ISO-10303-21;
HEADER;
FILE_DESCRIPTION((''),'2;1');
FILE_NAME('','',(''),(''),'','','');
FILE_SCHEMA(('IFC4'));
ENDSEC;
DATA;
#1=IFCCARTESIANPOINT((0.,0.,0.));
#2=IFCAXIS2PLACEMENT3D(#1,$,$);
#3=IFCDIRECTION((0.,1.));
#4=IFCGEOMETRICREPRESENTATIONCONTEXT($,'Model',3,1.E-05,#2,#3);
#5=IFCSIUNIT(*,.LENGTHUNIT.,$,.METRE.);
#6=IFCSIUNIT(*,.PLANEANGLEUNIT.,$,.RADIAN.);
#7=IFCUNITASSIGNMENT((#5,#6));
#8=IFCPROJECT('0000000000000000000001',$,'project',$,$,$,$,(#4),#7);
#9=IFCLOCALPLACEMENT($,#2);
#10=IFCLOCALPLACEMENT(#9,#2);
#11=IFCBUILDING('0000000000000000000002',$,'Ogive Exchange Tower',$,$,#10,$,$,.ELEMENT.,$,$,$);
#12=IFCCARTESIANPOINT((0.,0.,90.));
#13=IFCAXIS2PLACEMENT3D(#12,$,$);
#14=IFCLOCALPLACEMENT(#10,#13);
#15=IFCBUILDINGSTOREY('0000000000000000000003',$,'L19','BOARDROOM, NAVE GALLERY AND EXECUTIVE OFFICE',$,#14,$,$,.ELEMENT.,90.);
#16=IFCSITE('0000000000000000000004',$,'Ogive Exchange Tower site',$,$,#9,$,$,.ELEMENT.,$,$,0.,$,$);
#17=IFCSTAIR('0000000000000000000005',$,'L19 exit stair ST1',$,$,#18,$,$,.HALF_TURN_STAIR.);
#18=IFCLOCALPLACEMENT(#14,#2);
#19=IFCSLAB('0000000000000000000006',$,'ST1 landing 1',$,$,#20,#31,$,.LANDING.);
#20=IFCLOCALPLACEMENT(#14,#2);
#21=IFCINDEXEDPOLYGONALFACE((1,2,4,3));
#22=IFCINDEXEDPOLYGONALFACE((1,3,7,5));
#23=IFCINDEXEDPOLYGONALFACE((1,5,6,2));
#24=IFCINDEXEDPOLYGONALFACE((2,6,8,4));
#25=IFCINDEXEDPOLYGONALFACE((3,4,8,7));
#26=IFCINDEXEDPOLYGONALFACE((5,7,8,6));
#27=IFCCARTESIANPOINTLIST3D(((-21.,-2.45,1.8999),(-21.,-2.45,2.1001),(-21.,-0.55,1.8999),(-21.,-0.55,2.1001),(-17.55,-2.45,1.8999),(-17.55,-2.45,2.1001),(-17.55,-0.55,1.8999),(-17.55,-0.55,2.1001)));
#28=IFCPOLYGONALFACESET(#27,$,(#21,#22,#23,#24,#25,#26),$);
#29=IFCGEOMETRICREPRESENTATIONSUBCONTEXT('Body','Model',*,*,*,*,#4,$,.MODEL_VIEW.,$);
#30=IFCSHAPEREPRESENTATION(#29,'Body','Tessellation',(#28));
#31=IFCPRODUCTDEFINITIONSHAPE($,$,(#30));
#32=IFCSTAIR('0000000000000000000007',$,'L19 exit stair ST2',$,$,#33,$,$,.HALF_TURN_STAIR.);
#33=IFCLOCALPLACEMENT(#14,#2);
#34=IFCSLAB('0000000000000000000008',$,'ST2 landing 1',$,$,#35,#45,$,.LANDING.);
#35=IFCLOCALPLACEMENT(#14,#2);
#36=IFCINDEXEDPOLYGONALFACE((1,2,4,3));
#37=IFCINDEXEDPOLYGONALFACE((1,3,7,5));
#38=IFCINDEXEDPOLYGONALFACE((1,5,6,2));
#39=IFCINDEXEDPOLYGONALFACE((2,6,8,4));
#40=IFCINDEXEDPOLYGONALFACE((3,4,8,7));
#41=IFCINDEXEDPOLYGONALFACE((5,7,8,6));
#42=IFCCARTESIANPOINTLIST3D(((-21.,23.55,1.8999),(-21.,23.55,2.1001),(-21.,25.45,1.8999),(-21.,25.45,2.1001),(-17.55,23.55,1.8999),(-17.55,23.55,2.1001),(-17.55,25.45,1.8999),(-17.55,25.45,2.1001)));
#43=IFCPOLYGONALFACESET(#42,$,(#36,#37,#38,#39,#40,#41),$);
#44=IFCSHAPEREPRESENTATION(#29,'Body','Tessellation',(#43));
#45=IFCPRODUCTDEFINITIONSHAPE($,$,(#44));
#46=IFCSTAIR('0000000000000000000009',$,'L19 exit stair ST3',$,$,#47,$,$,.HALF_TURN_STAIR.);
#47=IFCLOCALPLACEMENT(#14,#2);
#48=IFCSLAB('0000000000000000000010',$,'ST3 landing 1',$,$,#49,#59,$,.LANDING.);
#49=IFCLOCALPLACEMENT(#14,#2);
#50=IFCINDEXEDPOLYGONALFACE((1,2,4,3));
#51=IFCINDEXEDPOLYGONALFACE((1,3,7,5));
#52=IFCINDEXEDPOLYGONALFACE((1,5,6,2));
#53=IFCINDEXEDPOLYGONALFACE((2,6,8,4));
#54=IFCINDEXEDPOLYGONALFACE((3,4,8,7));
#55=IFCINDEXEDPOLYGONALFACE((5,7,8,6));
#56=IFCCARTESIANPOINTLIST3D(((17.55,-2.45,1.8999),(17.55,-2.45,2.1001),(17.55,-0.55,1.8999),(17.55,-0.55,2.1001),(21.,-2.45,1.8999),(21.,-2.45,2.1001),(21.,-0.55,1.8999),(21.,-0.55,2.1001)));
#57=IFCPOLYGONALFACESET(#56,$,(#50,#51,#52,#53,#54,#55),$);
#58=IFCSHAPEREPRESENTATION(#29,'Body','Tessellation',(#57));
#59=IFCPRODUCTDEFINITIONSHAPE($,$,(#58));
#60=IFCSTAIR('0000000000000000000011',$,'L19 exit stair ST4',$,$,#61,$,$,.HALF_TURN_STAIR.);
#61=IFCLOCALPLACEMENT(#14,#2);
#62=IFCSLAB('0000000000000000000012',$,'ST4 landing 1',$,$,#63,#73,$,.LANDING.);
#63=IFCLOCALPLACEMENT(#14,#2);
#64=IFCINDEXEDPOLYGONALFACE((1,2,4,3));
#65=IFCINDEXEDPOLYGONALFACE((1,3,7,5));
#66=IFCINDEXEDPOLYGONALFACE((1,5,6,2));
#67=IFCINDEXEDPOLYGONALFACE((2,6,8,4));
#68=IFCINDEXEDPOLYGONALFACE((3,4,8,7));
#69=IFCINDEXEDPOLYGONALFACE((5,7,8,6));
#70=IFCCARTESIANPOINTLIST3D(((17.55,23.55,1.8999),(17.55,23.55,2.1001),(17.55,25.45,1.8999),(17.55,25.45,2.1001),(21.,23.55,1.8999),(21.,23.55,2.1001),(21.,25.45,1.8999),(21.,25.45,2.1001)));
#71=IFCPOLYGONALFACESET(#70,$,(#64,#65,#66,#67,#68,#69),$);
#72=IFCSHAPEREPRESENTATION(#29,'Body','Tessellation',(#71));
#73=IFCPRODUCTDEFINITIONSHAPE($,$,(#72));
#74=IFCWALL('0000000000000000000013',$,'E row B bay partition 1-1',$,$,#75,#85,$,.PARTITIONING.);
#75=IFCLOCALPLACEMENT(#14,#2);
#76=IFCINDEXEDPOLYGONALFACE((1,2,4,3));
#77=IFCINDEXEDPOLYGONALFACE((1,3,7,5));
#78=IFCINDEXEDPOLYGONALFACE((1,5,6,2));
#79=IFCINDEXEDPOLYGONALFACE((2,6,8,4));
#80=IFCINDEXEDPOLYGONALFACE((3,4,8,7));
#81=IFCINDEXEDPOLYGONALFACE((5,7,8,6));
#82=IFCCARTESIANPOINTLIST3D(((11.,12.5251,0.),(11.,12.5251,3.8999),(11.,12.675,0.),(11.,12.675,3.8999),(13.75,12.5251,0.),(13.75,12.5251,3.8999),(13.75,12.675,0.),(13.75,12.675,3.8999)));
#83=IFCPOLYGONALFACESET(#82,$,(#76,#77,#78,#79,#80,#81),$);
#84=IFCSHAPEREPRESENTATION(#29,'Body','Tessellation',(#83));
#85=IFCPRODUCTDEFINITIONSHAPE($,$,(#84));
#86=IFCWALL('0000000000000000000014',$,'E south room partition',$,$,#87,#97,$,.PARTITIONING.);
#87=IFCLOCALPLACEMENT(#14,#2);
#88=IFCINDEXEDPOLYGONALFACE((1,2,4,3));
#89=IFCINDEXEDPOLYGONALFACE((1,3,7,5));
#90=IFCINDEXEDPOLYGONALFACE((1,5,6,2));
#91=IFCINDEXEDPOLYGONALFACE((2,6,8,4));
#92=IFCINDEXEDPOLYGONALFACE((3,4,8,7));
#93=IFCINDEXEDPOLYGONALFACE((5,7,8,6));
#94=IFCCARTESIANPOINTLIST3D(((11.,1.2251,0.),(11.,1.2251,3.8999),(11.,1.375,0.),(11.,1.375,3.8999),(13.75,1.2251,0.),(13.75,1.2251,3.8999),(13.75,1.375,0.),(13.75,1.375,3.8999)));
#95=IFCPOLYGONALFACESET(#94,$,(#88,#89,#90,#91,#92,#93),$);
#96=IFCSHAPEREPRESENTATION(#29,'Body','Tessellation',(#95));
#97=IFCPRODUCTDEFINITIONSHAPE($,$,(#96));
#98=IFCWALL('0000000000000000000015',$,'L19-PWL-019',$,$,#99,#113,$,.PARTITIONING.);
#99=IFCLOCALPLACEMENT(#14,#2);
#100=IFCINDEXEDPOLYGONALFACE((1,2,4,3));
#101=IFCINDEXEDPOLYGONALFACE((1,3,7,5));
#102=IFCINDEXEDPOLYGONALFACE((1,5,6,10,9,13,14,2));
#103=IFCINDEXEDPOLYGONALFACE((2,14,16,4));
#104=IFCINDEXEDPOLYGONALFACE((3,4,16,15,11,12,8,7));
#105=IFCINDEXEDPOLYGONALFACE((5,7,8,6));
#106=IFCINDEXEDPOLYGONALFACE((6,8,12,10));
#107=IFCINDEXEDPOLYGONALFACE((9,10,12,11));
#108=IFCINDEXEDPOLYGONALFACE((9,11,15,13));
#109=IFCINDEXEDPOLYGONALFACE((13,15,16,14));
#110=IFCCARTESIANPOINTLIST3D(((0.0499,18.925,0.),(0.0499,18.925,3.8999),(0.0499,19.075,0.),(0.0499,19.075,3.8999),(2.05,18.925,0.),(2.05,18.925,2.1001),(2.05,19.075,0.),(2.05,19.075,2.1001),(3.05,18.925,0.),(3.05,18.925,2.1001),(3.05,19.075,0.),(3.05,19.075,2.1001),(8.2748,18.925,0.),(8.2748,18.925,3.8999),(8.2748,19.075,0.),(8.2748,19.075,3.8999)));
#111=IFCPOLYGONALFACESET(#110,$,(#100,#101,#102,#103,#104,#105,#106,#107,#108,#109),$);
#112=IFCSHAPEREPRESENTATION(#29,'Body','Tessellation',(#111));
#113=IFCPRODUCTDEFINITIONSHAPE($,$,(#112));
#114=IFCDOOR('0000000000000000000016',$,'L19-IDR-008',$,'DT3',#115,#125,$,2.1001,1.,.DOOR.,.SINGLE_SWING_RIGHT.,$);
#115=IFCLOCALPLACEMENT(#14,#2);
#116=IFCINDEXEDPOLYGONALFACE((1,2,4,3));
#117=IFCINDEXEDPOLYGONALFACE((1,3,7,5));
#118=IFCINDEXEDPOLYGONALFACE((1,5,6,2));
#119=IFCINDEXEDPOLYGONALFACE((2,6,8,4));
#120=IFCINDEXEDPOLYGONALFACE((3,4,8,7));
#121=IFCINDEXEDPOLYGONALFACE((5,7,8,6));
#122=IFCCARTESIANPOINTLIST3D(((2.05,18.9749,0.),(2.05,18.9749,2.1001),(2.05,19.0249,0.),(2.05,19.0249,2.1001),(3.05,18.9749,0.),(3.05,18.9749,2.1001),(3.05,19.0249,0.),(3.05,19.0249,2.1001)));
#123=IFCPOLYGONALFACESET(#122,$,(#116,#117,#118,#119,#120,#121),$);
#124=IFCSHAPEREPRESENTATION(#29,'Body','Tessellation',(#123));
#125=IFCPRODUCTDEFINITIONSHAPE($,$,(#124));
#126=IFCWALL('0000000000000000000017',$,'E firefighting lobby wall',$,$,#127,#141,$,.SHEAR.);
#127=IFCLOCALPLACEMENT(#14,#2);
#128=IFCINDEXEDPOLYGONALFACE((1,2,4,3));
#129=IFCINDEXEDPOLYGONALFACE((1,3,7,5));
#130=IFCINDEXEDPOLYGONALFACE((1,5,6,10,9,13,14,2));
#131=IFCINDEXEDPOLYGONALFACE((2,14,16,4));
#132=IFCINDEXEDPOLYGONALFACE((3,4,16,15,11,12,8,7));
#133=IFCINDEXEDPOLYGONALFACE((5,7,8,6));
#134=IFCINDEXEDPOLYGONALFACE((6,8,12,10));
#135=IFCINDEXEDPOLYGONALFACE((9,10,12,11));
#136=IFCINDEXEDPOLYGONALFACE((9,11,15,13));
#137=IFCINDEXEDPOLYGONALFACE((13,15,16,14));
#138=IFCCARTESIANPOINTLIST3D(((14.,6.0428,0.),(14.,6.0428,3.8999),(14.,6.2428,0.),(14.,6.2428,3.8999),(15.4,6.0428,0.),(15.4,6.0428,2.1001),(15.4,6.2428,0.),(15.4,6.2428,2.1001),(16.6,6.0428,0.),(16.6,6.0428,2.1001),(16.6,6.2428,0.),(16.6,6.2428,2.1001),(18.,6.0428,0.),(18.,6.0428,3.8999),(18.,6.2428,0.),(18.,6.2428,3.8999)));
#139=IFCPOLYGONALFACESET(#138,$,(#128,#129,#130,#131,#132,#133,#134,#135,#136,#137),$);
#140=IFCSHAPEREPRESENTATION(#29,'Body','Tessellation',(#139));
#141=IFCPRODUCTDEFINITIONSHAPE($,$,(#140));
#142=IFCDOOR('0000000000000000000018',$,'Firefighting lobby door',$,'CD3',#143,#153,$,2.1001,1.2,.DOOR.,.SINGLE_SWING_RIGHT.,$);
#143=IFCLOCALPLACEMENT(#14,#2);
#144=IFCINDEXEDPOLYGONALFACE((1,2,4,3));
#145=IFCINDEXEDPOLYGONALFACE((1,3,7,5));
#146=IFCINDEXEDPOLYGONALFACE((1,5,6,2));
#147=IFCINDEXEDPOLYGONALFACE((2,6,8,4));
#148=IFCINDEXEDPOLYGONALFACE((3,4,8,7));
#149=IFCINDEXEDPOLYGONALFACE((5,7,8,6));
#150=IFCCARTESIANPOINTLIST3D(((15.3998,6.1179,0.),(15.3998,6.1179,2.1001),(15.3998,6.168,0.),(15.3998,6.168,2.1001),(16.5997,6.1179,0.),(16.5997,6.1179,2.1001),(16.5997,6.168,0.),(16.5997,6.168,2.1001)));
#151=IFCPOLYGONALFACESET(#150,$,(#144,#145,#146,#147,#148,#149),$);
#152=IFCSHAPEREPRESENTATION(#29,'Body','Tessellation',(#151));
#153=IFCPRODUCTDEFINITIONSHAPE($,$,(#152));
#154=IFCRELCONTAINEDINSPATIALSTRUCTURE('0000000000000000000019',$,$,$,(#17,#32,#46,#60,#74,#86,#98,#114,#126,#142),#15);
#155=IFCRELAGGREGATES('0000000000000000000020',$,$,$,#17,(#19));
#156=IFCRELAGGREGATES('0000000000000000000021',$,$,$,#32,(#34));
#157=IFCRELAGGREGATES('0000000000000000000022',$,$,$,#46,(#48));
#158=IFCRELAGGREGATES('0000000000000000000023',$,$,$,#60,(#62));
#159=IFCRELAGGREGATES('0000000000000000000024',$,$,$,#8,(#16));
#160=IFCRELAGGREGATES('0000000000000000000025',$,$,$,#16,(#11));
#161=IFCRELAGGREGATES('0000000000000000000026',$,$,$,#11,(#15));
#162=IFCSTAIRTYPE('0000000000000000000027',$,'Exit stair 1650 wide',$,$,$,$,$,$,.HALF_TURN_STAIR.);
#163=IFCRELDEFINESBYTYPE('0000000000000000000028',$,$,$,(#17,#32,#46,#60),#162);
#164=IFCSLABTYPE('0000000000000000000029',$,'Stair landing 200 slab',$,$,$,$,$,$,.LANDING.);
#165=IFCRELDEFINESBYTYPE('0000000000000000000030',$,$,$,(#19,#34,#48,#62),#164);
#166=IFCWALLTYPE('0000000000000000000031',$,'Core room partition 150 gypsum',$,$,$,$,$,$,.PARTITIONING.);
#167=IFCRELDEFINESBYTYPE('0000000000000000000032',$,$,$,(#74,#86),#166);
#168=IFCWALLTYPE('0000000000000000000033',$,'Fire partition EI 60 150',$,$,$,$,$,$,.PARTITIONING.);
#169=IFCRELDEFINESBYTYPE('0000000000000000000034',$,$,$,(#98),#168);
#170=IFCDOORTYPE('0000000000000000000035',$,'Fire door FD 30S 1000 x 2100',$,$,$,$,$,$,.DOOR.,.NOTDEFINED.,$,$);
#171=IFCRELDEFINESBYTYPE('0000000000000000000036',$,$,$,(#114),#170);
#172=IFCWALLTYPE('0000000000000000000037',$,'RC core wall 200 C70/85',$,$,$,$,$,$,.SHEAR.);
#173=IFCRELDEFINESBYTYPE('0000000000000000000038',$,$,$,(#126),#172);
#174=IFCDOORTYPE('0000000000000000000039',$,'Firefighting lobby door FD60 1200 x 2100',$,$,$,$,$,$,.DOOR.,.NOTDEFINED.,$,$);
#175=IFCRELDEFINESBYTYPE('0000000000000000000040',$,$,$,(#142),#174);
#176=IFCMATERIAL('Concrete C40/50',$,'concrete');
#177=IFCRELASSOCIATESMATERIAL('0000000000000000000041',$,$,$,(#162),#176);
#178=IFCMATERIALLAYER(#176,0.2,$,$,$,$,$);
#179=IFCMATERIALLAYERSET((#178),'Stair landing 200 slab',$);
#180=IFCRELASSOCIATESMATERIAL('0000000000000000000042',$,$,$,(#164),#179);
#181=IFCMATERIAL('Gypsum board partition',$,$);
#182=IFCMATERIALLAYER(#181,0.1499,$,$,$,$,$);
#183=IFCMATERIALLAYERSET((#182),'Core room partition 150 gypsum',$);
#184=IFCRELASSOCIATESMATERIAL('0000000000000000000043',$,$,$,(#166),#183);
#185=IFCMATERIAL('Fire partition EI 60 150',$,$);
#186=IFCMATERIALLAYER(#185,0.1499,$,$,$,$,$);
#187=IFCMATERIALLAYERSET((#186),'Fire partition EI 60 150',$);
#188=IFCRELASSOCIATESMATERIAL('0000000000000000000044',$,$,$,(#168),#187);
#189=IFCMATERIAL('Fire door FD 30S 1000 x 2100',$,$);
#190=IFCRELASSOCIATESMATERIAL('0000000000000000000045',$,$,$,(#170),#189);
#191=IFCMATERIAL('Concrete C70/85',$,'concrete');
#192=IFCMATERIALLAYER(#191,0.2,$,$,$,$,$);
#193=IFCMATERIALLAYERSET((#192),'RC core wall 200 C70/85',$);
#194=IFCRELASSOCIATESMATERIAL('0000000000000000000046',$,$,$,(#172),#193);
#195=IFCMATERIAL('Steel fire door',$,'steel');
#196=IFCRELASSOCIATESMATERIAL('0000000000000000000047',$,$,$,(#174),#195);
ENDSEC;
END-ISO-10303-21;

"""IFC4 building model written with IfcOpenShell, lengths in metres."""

from ifc_helpers import new_model, si_unit, direction, frame, frame_2d, origin, place, context, subcontext, project, spatial, polyline, rectangle, outline, extrude, material, layer, layer_set, type_object, element, fill, aggregate, save


model = new_model("IFC4")

# Units and contexts
model_context = context("Model", 3, precision=1e-05, world=origin(), true_north=direction((0.0, 1.0)))
body_context = subcontext(model_context, "Body", "Model", "MODEL_VIEW")
ifc_project = project(units=[si_unit("LENGTHUNIT", "METRE"), si_unit("PLANEANGLEUNIT", "RADIAN")], contexts=[model_context])

# Site, building, storey
site_placement = place(None, origin())
site = spatial("IfcSite", under=ifc_project, at=site_placement, Name="Ogive Exchange Tower site", CompositionType="ELEMENT", RefElevation=0.0)
building_placement = place(site_placement, origin())
building = spatial("IfcBuilding", under=site, at=building_placement, Name="Ogive Exchange Tower", CompositionType="ELEMENT")
storey_placement = place(building_placement, frame((0.0, 0.0, 90.0)))
storey = spatial("IfcBuildingStorey", under=building, at=storey_placement, Name="L19", Description="BOARDROOM, NAVE GALLERY AND EXECUTIVE OFFICE", CompositionType="ELEMENT", Elevation=90.0)

# Shared definitions
ifc_material_1 = material(Name="Concrete C70/85", Category="concrete")

# Stairs, slabs
ifc_material_2 = material(Name="Concrete C40/50", Category="concrete")
stair_type = type_object("IfcStairType", Name="Exit stair 1650 wide", PredefinedType="HALF_TURN_STAIR", material=ifc_material_2)
stair_1_placement = place(storey_placement, origin())
stair_1 = element("IfcStair", 1, at=stair_1_placement, inside=storey, type_object=stair_type, Name="L19 exit stair ST1", PredefinedType="HALF_TURN_STAIR")
ifc_layer_1 = layer(ifc_material_2, 0.2)
ifc_layer_set_1 = layer_set([ifc_layer_1], Name="Stair landing 200 slab")
slab_type_1 = type_object("IfcSlabType", Name="Stair landing 200 slab", PredefinedType="LANDING", material=ifc_layer_set_1)
slab_1_placement = place(storey_placement, frame((0.0, 0.0, 1.8999)))
slab_1 = element("IfcSlab", 2, at=slab_1_placement, type_object=slab_type_1, Name="ST1 landing 1", PredefinedType="LANDING", context=body_context, shape_type="SweptSolid", body=[
    extrude(outline(polyline([(-21.0, -0.55), (-21.0, -2.45), (-17.55, -2.45), (-17.55, -0.55), (-21.0, -0.55)])), origin(), (0.0, 0.0, 1.0), 0.2002),
])
aggregate(stair_1, [slab_1])
stair_2_placement = place(storey_placement, origin())
stair_2 = element("IfcStair", 3, at=stair_2_placement, inside=storey, type_object=stair_type, Name="L19 exit stair ST2", PredefinedType="HALF_TURN_STAIR")
slab_2_placement = place(storey_placement, frame((0.0, 0.0, 1.8999)))
slab_2 = element("IfcSlab", 4, at=slab_2_placement, type_object=slab_type_1, Name="ST2 landing 1", PredefinedType="LANDING", context=body_context, shape_type="SweptSolid", body=[
    extrude(outline(polyline([(-17.55, 23.55), (-17.55, 25.45), (-21.0, 25.45), (-21.0, 23.55), (-17.55, 23.55)])), origin(), (0.0, 0.0, 1.0), 0.2002),
])
aggregate(stair_2, [slab_2])
stair_3_placement = place(storey_placement, origin())
stair_3 = element("IfcStair", 5, at=stair_3_placement, inside=storey, type_object=stair_type, Name="L19 exit stair ST3", PredefinedType="HALF_TURN_STAIR")
slab_3_placement = place(storey_placement, frame((0.0, 0.0, 1.8999)))
slab_3 = element("IfcSlab", 6, at=slab_3_placement, type_object=slab_type_1, Name="ST3 landing 1", PredefinedType="LANDING", context=body_context, shape_type="SweptSolid", body=[
    extrude(outline(polyline([(17.55, -0.55), (17.55, -2.45), (21.0, -2.45), (21.0, -0.55), (17.55, -0.55)])), origin(), (0.0, 0.0, 1.0), 0.2002),
])
aggregate(stair_3, [slab_3])
stair_4_placement = place(storey_placement, origin())
stair_4 = element("IfcStair", 7, at=stair_4_placement, inside=storey, type_object=stair_type, Name="L19 exit stair ST4", PredefinedType="HALF_TURN_STAIR")
slab_4_placement = place(storey_placement, frame((0.0, 0.0, 1.8999)))
slab_4 = element("IfcSlab", 8, at=slab_4_placement, type_object=slab_type_1, Name="ST4 landing 1", PredefinedType="LANDING", context=body_context, shape_type="SweptSolid", body=[
    extrude(outline(polyline([(21.0, 23.55), (21.0, 25.45), (17.55, 25.45), (17.55, 23.55), (21.0, 23.55)])), origin(), (0.0, 0.0, 1.0), 0.2002),
])
aggregate(stair_4, [slab_4])

# Walls
ifc_material_3 = material(Name="Gypsum board partition")
ifc_layer_2 = layer(ifc_material_3, 0.1499)
ifc_layer_set_2 = layer_set([ifc_layer_2], Name="Core room partition 150 gypsum")
wall_type_1 = type_object("IfcWallType", Name="Core room partition 150 gypsum", PredefinedType="PARTITIONING", material=ifc_layer_set_2)
for number, where, z_axis, x_axis, name in (
    (9, (11.0, 12.6001, 0.0), (0.0, 0.0, 1.0), (1.0, 0.0, 0.0), "E row B bay partition 1-1"),
    (10, (11.0, 1.3, 0.0), (0.0, 0.0, 1.0), (1.0, 0.0, 0.0), "E south room partition"),
):
    element("IfcWall", number, at=place(storey_placement, frame(where, z_axis=z_axis, x_axis=x_axis)), inside=storey, type_object=wall_type_1, Name=name, PredefinedType="PARTITIONING", context=body_context, shape_type="SweptSolid", body=[
        extrude(rectangle(XDim=2.75, YDim=0.1499, at=frame_2d((1.375, 0.0))), origin(), (0.0, 0.0, 1.0), 3.8999),
    ])

# Walls, openings, doors
ifc_material_4 = material(Name="Fire partition EI 60 150")
ifc_layer_3 = layer(ifc_material_4, 0.1499)
ifc_layer_set_3 = layer_set([ifc_layer_3], Name="Fire partition EI 60 150")
wall_type_2 = type_object("IfcWallType", Name="Fire partition EI 60 150", PredefinedType="PARTITIONING", material=ifc_layer_set_3)
wall_1_placement = place(storey_placement, frame((0.05, 19.0, 0.0), z_axis=(0.0, 0.0, 1.0), x_axis=(1.0, 0.0, 0.0)))
wall_1 = element("IfcWall", 11, at=wall_1_placement, inside=storey, type_object=wall_type_2, Name="L19-PWL-019", PredefinedType="PARTITIONING", context=body_context, shape_type="SweptSolid", body=[
    extrude(rectangle(XDim=8.2249, YDim=0.1499, at=frame_2d((4.1123, 0.0))), origin(), (0.0, 0.0, 1.0), 3.8999),
])
opening_1_placement = place(wall_1_placement, frame((2.0, 0.0, 0.0)))
opening_1 = element("IfcOpeningElement", 12, at=opening_1_placement, cuts=wall_1, PredefinedType="OPENING", context=body_context, shape_type="SweptSolid", body=[
    extrude(rectangle(XDim=1.0, YDim=2.1001, at=frame_2d((0.5, 1.05))), frame((0.0, 0.085, 0.0), z_axis=(0.0, -1.0, 0.0), x_axis=(1.0, 0.0, 0.0)), (0.0, 0.0, 1.0), 0.1699),
])
ifc_material_5 = material(Name="Fire door FD 30S 1000 x 2100")
door_type_1 = type_object("IfcDoorType", Name="Fire door FD 30S 1000 x 2100", OperationType="NOTDEFINED", PredefinedType="DOOR", material=ifc_material_5)
door_1_placement = place(opening_1_placement, origin())
door_1 = element("IfcDoor", 13, at=door_1_placement, inside=storey, type_object=door_type_1, Name="L19-IDR-008", ObjectType="DT3", OperationType="SINGLE_SWING_RIGHT", OverallHeight=2.1001, OverallWidth=1.0, PredefinedType="DOOR", context=body_context, shape_type="SweptSolid", body=[
    extrude(rectangle(XDim=1.0, YDim=2.1001, at=frame_2d((0.5, 1.05))), frame((0.0, 0.0249, 0.0), z_axis=(0.0, -1.0, 0.0), x_axis=(1.0, 0.0, 0.0)), (0.0, 0.0, 1.0), 0.05),
])
fill(opening_1, door_1)
ifc_layer_4 = layer(ifc_material_1, 0.2)
ifc_layer_set_4 = layer_set([ifc_layer_4], Name="RC core wall 200 C70/85")
wall_type_3 = type_object("IfcWallType", Name="RC core wall 200 C70/85", PredefinedType="SHEAR", material=ifc_layer_set_4)
wall_2_placement = place(storey_placement, frame((14.0, 6.1428, 0.0), z_axis=(0.0, 0.0, 1.0), x_axis=(1.0, 0.0, 0.0)))
wall_2 = element("IfcWall", 14, at=wall_2_placement, inside=storey, type_object=wall_type_3, Name="E firefighting lobby wall", PredefinedType="SHEAR", context=body_context, shape_type="SweptSolid", body=[
    extrude(rectangle(XDim=4.0, YDim=0.2, at=frame_2d((2.0, 0.0))), origin(), (0.0, 0.0, 1.0), 3.8999),
])
opening_2_placement = place(wall_2_placement, frame((1.3999, 0.0, 0.0)))
opening_2 = element("IfcOpeningElement", 15, at=opening_2_placement, cuts=wall_2, PredefinedType="OPENING", context=body_context, shape_type="SweptSolid", body=[
    extrude(rectangle(XDim=1.2, YDim=2.1001, at=frame_2d((0.6001, 1.05))), frame((0.0, 0.1099, 0.0), z_axis=(0.0, -1.0, 0.0), x_axis=(1.0, 0.0, 0.0)), (0.0, 0.0, 1.0), 0.22),
])
ifc_material_6 = material(Name="Steel fire door", Category="steel")
door_type_2 = type_object("IfcDoorType", Name="Firefighting lobby door FD60 1200 x 2100", OperationType="NOTDEFINED", PredefinedType="DOOR", material=ifc_material_6)
door_2_placement = place(opening_2_placement, frame((1.2, 0.0, 0.0), z_axis=(0.0, 0.0, 1.0), x_axis=(-1.0, 0.0, 0.0)))
door_2 = element("IfcDoor", 16, at=door_2_placement, inside=storey, type_object=door_type_2, Name="Firefighting lobby door", ObjectType="CD3", OperationType="SINGLE_SWING_RIGHT", OverallHeight=2.1001, OverallWidth=1.2, PredefinedType="DOOR", context=body_context, shape_type="SweptSolid", body=[
    extrude(rectangle(XDim=1.2, YDim=2.1001, at=frame_2d((0.6001, 1.05))), frame((0.0, 0.0249, 0.0), z_axis=(0.0, -1.0, 0.0), x_axis=(1.0, 0.0, 0.0)), (0.0, 0.0, 1.0), 0.05),
])
fill(opening_2, door_2)

save(model, "model.ifc")
